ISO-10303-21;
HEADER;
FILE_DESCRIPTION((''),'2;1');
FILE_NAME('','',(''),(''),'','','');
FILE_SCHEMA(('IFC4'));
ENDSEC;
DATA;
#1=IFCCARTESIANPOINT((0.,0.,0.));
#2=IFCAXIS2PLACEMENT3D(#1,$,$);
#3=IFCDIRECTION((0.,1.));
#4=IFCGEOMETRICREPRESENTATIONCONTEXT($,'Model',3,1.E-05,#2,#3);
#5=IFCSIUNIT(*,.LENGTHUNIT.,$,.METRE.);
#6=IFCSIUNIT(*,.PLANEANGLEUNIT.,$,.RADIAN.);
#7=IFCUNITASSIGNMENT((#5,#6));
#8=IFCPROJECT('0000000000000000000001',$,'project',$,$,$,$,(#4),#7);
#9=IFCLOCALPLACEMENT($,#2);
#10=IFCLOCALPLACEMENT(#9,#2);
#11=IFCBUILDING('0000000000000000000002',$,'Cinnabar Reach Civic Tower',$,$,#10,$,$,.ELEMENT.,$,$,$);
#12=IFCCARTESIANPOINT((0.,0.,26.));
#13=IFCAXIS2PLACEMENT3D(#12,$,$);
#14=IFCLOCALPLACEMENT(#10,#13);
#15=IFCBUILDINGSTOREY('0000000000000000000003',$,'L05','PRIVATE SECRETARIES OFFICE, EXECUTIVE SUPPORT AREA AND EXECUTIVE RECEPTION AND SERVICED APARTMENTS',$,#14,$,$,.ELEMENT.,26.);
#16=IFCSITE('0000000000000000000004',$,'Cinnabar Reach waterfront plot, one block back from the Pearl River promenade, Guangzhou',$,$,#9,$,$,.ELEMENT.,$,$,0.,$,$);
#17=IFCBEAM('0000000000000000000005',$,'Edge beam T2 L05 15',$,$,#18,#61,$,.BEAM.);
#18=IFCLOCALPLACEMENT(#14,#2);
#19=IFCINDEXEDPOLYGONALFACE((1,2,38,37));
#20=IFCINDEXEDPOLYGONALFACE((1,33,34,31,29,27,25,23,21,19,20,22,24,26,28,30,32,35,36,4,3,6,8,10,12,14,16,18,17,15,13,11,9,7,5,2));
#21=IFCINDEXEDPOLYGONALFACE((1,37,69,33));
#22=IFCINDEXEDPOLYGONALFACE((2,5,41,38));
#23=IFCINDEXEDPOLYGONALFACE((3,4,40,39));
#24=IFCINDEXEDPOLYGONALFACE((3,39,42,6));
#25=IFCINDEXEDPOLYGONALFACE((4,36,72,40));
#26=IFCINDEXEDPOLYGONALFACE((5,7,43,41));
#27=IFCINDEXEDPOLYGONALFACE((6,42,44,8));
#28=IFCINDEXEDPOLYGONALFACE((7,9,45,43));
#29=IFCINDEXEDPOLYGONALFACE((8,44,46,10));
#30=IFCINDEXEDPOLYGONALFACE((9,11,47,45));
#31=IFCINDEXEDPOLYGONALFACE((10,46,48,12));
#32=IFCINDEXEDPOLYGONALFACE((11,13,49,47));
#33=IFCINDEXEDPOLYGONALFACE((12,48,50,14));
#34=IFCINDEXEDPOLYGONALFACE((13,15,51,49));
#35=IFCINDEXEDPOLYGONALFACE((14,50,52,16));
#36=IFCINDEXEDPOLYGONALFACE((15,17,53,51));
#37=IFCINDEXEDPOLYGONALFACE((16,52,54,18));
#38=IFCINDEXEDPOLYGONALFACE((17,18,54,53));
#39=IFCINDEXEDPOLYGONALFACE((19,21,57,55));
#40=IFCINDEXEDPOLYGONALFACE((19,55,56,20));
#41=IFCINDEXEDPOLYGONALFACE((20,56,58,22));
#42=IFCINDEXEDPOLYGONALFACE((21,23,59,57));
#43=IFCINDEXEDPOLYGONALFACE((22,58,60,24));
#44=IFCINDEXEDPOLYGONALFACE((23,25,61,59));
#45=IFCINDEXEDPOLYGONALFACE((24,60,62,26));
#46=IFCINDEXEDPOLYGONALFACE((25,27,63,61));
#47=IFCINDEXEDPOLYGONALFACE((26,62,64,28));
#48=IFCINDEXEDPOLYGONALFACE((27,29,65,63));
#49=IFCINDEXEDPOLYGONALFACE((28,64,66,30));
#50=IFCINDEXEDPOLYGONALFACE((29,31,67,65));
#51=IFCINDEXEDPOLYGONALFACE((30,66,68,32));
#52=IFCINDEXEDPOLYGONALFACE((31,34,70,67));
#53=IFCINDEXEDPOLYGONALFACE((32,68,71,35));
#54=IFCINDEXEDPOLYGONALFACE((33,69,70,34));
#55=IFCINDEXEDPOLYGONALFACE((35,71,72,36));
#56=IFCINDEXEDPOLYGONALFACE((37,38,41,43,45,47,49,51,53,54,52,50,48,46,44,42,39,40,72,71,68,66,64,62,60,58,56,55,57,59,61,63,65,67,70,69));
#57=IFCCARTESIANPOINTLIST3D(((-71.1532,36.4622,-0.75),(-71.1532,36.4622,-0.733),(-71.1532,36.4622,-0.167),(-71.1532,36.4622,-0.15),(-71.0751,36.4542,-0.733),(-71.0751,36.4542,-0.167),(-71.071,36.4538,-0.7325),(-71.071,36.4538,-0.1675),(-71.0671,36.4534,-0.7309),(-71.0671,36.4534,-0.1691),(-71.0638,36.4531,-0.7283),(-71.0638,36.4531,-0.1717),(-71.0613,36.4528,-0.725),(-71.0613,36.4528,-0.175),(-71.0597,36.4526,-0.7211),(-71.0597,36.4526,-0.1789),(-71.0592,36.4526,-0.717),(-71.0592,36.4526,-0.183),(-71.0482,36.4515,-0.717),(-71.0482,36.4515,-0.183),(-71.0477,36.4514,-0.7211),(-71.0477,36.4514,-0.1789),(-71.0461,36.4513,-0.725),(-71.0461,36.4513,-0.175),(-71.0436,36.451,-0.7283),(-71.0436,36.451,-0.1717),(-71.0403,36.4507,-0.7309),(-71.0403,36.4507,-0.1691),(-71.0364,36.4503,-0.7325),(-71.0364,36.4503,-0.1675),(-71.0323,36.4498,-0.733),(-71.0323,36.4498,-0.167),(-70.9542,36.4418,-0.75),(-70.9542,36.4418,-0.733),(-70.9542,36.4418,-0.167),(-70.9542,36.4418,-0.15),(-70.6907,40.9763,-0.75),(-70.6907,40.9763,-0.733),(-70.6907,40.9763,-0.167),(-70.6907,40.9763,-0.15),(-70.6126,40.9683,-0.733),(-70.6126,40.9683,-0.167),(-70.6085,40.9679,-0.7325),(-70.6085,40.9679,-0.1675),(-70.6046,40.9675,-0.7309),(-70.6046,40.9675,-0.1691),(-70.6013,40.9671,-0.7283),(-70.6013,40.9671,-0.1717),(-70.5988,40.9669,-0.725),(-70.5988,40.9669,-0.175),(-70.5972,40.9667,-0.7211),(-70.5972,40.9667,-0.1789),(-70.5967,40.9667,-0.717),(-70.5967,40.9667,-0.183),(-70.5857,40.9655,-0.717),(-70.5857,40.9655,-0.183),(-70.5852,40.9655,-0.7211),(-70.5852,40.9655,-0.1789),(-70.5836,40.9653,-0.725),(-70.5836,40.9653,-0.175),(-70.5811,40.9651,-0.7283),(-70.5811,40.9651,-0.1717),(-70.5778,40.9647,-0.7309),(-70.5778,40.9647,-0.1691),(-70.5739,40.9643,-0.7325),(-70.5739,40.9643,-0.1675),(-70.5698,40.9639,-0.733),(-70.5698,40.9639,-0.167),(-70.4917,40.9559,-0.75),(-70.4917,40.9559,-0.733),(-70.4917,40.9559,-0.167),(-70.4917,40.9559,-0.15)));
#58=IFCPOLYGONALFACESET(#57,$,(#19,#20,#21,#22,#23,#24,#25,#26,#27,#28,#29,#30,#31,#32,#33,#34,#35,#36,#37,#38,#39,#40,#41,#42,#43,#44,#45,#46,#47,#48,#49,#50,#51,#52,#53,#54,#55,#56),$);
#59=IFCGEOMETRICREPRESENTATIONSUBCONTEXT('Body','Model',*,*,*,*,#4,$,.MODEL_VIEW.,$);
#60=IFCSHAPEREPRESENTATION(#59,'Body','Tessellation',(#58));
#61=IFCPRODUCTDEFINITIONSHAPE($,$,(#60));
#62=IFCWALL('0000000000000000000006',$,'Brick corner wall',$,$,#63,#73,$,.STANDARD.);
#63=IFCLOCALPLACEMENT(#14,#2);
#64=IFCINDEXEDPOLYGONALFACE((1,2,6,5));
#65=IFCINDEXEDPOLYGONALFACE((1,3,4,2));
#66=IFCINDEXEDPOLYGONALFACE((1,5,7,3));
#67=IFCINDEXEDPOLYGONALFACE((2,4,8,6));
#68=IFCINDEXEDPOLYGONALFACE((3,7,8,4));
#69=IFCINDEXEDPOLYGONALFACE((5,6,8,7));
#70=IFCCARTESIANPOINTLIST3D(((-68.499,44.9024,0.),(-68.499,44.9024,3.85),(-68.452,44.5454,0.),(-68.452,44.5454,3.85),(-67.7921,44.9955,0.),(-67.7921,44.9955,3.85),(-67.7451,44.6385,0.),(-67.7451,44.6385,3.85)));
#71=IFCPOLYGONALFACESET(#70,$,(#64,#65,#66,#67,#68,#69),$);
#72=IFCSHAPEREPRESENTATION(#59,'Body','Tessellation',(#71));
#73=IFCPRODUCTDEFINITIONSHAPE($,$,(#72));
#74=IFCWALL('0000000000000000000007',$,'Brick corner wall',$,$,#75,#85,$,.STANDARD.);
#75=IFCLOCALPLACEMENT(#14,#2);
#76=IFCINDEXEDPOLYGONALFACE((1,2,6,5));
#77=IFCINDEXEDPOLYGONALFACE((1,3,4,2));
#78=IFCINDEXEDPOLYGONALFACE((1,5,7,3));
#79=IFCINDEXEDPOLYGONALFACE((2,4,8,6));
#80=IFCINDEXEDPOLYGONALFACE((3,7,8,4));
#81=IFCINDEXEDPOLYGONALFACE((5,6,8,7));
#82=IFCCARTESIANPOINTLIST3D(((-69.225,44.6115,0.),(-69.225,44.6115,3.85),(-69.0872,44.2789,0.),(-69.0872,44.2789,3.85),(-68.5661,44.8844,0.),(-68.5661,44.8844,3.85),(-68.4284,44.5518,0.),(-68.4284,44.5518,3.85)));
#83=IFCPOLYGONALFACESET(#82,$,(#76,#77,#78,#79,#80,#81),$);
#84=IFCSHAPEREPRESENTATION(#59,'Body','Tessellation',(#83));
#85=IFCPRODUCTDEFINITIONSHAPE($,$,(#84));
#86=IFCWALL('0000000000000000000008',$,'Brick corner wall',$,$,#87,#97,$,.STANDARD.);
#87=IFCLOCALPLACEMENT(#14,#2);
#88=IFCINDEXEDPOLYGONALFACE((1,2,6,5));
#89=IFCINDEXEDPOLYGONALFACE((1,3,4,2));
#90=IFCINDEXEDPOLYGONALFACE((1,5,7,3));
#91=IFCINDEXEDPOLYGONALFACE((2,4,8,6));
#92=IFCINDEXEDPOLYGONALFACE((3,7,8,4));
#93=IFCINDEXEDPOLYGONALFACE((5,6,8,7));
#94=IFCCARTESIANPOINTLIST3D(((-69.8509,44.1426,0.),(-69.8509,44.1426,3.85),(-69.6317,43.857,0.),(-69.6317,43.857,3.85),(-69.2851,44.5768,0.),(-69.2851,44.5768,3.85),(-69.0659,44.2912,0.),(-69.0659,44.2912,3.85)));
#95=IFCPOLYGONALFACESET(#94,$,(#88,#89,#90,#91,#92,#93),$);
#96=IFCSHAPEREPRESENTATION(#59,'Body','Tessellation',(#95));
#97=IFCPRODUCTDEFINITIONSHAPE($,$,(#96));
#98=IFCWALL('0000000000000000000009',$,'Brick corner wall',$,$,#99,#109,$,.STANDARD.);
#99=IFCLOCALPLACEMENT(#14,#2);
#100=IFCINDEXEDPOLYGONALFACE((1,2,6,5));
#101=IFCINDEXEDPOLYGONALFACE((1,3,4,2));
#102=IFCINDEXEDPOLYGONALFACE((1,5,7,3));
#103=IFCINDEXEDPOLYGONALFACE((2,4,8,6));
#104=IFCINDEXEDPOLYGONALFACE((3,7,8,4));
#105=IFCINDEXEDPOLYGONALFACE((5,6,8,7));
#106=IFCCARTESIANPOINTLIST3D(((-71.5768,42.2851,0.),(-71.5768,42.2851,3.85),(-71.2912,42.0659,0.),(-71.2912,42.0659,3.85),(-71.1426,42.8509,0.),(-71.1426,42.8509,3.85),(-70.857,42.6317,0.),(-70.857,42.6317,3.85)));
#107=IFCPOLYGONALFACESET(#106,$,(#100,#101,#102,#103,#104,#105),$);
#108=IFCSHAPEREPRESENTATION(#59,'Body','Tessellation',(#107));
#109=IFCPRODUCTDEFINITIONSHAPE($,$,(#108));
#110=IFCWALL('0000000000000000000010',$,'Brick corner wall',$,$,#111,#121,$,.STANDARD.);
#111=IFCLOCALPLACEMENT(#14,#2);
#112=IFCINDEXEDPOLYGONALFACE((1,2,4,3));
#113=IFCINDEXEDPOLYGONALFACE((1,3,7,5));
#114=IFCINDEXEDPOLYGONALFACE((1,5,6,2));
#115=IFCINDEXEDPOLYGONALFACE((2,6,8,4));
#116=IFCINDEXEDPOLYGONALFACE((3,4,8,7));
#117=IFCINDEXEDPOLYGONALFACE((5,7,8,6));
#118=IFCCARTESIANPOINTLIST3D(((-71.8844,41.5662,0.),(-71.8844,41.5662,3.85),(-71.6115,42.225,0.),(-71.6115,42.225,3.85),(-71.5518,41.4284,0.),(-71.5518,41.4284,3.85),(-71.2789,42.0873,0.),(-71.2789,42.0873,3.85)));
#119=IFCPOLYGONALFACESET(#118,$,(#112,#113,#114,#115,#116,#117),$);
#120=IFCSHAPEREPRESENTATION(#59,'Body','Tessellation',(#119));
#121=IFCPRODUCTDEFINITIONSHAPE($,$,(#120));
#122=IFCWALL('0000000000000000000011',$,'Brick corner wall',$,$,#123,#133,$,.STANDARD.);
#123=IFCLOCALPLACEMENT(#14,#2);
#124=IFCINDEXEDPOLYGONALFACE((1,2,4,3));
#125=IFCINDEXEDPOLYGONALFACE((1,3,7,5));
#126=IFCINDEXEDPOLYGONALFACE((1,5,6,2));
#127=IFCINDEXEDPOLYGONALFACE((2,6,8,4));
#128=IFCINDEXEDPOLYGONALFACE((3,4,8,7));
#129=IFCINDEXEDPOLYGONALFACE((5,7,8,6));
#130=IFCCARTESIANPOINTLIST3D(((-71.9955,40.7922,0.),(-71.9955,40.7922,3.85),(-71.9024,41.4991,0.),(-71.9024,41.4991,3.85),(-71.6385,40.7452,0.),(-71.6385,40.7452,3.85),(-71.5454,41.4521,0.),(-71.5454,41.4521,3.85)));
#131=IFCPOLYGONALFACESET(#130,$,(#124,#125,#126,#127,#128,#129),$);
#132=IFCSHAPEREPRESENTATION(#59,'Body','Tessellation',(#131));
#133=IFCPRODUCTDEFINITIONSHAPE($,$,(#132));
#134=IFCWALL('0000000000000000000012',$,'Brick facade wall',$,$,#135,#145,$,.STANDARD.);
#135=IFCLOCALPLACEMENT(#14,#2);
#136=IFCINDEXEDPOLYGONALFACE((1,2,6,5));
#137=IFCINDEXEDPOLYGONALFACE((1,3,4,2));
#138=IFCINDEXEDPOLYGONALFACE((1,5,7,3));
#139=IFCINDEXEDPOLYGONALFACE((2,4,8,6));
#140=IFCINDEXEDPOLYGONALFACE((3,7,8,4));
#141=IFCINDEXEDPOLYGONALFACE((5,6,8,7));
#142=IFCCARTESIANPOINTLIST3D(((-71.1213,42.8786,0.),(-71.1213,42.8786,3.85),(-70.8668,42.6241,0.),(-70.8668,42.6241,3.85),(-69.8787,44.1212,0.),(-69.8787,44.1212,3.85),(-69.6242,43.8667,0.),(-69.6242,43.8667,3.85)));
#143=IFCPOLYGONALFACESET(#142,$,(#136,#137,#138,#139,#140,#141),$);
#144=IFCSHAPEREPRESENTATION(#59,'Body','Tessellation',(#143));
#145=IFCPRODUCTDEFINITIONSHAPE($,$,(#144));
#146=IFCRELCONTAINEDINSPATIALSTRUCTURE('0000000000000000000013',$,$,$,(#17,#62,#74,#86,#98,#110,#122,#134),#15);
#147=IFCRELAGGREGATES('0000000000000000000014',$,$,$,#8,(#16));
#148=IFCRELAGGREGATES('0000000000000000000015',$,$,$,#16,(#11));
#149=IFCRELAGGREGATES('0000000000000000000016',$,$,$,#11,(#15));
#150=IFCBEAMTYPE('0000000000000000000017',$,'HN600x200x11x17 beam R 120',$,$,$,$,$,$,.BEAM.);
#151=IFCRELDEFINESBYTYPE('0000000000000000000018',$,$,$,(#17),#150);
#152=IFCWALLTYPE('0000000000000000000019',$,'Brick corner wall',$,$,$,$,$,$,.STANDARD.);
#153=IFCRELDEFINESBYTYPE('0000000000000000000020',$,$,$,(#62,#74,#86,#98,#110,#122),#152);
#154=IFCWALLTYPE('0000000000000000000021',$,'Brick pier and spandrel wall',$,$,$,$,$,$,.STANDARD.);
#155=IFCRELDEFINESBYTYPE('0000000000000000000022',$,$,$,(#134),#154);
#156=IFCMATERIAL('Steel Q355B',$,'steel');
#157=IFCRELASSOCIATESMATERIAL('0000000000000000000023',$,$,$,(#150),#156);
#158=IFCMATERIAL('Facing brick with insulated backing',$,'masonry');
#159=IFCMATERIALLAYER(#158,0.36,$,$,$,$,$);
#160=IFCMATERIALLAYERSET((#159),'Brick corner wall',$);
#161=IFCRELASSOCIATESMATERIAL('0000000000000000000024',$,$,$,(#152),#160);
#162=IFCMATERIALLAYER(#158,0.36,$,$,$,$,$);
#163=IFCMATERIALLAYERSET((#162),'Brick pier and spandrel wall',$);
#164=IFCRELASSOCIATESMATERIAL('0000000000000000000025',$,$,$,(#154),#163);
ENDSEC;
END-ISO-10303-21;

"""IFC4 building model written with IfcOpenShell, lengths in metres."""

from ifc_helpers import new_model, si_unit, direction, frame, frame_2d, origin, origin_2d, place, context, subcontext, project, spatial, rectangle, i_section, extrude, material, layer, layer_set, material_profile, profile_set, type_object, element, save


model = new_model("IFC4")

# Units and contexts
model_context = context("Model", 3, precision=1e-05, world=origin(), true_north=direction((0.0, 1.0)))
body_context = subcontext(model_context, "Body", "Model", "MODEL_VIEW")
ifc_project = project(units=[si_unit("LENGTHUNIT", "METRE"), si_unit("PLANEANGLEUNIT", "RADIAN")], contexts=[model_context])

# Site, building, storey
site_placement = place(None, origin())
site = spatial("IfcSite", under=ifc_project, at=site_placement, Name="Cinnabar Reach waterfront plot, one block back from the Pearl River promenade, Guangzhou", CompositionType="ELEMENT", RefElevation=0.0)
building_placement = place(site_placement, origin())
building = spatial("IfcBuilding", under=site, at=building_placement, Name="Cinnabar Reach Civic Tower", CompositionType="ELEMENT")
storey_placement = place(building_placement, frame((0.0, 0.0, 26.0)))
storey = spatial("IfcBuildingStorey", under=building, at=storey_placement, Name="L05", Description="PRIVATE SECRETARIES OFFICE, EXECUTIVE SUPPORT AREA AND EXECUTIVE RECEPTION AND SERVICED APARTMENTS", CompositionType="ELEMENT", Elevation=26.0)

# Beam
ifc_material_1 = material(Name="Steel Q355B", Category="steel")
ifc_material_profile_1 = material_profile(ifc_material_1, i_section(OverallWidth=0.2, OverallDepth=0.6, WebThickness=0.011, FlangeThickness=0.017, FilletRadius=0.016, at=origin_2d()), Name="HN600x200x11x17")
ifc_profile_set_1 = profile_set([ifc_material_profile_1], Name="Steel Q355B")
beam_type_1 = type_object("IfcBeamType", Name="HN600x200x11x17 beam R 120", PredefinedType="BEAM", material=ifc_profile_set_1)
beam_1_placement = place(storey_placement, frame((-70.5912, 40.9661, -0.45), z_axis=(-0.101923, -0.994792, 0.0), x_axis=(0.994792, -0.101923, 0.0)))
element("IfcBeam", 1, at=beam_1_placement, inside=storey, type_object=beam_type_1, Name="Edge beam T2 L05 15", PredefinedType="BEAM", context=body_context, shape_type="SweptSolid", body=[
    extrude(i_section(OverallWidth=0.2, OverallDepth=0.6, WebThickness=0.011, FlangeThickness=0.017, FilletRadius=0.016, at=origin_2d()), origin(), (0.0, 0.0, 1.0), 4.5377),
])

# Walls
ifc_material_2 = material(Name="Facing brick with insulated backing", Category="masonry")
ifc_layer_1 = layer(ifc_material_2, 0.36)
ifc_layer_set_1 = layer_set([ifc_layer_1], Name="Brick corner wall")
wall_type_1 = type_object("IfcWallType", Name="Brick corner wall", PredefinedType="STANDARD", material=ifc_layer_set_1)
for number, where, z_axis, x_axis, name in (
    (2, (-67.7686, 44.817, 0.0), (0.0, 0.0, 1.0), (-0.991441, -0.130556, 0.0), "Brick corner wall"),
    (3, (-68.4973, 44.7181, 0.0), (0.0, 0.0, 1.0), (-0.923872, -0.382703, 0.0), "Brick corner wall"),
):
    element("IfcWall", number, at=place(storey_placement, frame(where, z_axis=z_axis, x_axis=x_axis)), inside=storey, type_object=wall_type_1, Name=name, PredefinedType="STANDARD", context=body_context, shape_type="SweptSolid", body=[
        extrude(rectangle(XDim=0.7131, YDim=0.36, at=frame_2d((0.3565, 0.0))), origin(), (0.0, 0.0, 1.0), 3.85),
    ])
for number, where, z_axis, x_axis, name in (
    (4, (-69.1755, 44.434, 0.0), (0.0, 0.0, 1.0), (-0.793322, -0.608802, 0.0), "Brick corner wall"),
    (5, (-70.9998, 42.7413, 0.0), (0.0, 0.0, 1.0), (-0.608802, -0.793322, 0.0), "Brick corner wall"),
):
    element("IfcWall", number, at=place(storey_placement, frame(where, z_axis=z_axis, x_axis=x_axis)), inside=storey, type_object=wall_type_1, Name=name, PredefinedType="STANDARD", context=body_context, shape_type="SweptSolid", body=[
        extrude(rectangle(XDim=0.7132, YDim=0.36, at=frame_2d((0.3566, 0.0))), origin(), (0.0, 0.0, 1.0), 3.85),
    ])
for number, where, z_axis, x_axis, name in (
    (6, (-71.4452, 42.1561, 0.0), (0.0, 0.0, 1.0), (-0.382703, -0.923872, 0.0), "Brick corner wall"),
    (7, (-71.7239, 41.4756, 0.0), (0.0, 0.0, 1.0), (-0.130556, -0.991441, 0.0), "Brick corner wall"),
):
    element("IfcWall", number, at=place(storey_placement, frame(where, z_axis=z_axis, x_axis=x_axis)), inside=storey, type_object=wall_type_1, Name=name, PredefinedType="STANDARD", context=body_context, shape_type="SweptSolid", body=[
        extrude(rectangle(XDim=0.7131, YDim=0.36, at=frame_2d((0.3565, 0.0))), origin(), (0.0, 0.0, 1.0), 3.85),
    ])
ifc_layer_2 = layer(ifc_material_2, 0.36)
ifc_layer_set_2 = layer_set([ifc_layer_2], Name="Brick pier and spandrel wall")
wall_type_2 = type_object("IfcWallType", Name="Brick pier and spandrel wall", PredefinedType="STANDARD", material=ifc_layer_set_2)
wall_1_placement = place(storey_placement, frame((-69.7514, 43.994, 0.0), z_axis=(0.0, 0.0, 1.0), x_axis=(-0.707107, -0.707107, 0.0)))
element("IfcWall", 8, at=wall_1_placement, inside=storey, type_object=wall_type_2, Name="Brick facade wall", PredefinedType="STANDARD", context=body_context, shape_type="SweptSolid", body=[
    extrude(rectangle(XDim=1.7573, YDim=0.36, at=frame_2d((0.8787, 0.0))), origin(), (0.0, 0.0, 1.0), 3.85),
])

save(model, "model.ifc")
